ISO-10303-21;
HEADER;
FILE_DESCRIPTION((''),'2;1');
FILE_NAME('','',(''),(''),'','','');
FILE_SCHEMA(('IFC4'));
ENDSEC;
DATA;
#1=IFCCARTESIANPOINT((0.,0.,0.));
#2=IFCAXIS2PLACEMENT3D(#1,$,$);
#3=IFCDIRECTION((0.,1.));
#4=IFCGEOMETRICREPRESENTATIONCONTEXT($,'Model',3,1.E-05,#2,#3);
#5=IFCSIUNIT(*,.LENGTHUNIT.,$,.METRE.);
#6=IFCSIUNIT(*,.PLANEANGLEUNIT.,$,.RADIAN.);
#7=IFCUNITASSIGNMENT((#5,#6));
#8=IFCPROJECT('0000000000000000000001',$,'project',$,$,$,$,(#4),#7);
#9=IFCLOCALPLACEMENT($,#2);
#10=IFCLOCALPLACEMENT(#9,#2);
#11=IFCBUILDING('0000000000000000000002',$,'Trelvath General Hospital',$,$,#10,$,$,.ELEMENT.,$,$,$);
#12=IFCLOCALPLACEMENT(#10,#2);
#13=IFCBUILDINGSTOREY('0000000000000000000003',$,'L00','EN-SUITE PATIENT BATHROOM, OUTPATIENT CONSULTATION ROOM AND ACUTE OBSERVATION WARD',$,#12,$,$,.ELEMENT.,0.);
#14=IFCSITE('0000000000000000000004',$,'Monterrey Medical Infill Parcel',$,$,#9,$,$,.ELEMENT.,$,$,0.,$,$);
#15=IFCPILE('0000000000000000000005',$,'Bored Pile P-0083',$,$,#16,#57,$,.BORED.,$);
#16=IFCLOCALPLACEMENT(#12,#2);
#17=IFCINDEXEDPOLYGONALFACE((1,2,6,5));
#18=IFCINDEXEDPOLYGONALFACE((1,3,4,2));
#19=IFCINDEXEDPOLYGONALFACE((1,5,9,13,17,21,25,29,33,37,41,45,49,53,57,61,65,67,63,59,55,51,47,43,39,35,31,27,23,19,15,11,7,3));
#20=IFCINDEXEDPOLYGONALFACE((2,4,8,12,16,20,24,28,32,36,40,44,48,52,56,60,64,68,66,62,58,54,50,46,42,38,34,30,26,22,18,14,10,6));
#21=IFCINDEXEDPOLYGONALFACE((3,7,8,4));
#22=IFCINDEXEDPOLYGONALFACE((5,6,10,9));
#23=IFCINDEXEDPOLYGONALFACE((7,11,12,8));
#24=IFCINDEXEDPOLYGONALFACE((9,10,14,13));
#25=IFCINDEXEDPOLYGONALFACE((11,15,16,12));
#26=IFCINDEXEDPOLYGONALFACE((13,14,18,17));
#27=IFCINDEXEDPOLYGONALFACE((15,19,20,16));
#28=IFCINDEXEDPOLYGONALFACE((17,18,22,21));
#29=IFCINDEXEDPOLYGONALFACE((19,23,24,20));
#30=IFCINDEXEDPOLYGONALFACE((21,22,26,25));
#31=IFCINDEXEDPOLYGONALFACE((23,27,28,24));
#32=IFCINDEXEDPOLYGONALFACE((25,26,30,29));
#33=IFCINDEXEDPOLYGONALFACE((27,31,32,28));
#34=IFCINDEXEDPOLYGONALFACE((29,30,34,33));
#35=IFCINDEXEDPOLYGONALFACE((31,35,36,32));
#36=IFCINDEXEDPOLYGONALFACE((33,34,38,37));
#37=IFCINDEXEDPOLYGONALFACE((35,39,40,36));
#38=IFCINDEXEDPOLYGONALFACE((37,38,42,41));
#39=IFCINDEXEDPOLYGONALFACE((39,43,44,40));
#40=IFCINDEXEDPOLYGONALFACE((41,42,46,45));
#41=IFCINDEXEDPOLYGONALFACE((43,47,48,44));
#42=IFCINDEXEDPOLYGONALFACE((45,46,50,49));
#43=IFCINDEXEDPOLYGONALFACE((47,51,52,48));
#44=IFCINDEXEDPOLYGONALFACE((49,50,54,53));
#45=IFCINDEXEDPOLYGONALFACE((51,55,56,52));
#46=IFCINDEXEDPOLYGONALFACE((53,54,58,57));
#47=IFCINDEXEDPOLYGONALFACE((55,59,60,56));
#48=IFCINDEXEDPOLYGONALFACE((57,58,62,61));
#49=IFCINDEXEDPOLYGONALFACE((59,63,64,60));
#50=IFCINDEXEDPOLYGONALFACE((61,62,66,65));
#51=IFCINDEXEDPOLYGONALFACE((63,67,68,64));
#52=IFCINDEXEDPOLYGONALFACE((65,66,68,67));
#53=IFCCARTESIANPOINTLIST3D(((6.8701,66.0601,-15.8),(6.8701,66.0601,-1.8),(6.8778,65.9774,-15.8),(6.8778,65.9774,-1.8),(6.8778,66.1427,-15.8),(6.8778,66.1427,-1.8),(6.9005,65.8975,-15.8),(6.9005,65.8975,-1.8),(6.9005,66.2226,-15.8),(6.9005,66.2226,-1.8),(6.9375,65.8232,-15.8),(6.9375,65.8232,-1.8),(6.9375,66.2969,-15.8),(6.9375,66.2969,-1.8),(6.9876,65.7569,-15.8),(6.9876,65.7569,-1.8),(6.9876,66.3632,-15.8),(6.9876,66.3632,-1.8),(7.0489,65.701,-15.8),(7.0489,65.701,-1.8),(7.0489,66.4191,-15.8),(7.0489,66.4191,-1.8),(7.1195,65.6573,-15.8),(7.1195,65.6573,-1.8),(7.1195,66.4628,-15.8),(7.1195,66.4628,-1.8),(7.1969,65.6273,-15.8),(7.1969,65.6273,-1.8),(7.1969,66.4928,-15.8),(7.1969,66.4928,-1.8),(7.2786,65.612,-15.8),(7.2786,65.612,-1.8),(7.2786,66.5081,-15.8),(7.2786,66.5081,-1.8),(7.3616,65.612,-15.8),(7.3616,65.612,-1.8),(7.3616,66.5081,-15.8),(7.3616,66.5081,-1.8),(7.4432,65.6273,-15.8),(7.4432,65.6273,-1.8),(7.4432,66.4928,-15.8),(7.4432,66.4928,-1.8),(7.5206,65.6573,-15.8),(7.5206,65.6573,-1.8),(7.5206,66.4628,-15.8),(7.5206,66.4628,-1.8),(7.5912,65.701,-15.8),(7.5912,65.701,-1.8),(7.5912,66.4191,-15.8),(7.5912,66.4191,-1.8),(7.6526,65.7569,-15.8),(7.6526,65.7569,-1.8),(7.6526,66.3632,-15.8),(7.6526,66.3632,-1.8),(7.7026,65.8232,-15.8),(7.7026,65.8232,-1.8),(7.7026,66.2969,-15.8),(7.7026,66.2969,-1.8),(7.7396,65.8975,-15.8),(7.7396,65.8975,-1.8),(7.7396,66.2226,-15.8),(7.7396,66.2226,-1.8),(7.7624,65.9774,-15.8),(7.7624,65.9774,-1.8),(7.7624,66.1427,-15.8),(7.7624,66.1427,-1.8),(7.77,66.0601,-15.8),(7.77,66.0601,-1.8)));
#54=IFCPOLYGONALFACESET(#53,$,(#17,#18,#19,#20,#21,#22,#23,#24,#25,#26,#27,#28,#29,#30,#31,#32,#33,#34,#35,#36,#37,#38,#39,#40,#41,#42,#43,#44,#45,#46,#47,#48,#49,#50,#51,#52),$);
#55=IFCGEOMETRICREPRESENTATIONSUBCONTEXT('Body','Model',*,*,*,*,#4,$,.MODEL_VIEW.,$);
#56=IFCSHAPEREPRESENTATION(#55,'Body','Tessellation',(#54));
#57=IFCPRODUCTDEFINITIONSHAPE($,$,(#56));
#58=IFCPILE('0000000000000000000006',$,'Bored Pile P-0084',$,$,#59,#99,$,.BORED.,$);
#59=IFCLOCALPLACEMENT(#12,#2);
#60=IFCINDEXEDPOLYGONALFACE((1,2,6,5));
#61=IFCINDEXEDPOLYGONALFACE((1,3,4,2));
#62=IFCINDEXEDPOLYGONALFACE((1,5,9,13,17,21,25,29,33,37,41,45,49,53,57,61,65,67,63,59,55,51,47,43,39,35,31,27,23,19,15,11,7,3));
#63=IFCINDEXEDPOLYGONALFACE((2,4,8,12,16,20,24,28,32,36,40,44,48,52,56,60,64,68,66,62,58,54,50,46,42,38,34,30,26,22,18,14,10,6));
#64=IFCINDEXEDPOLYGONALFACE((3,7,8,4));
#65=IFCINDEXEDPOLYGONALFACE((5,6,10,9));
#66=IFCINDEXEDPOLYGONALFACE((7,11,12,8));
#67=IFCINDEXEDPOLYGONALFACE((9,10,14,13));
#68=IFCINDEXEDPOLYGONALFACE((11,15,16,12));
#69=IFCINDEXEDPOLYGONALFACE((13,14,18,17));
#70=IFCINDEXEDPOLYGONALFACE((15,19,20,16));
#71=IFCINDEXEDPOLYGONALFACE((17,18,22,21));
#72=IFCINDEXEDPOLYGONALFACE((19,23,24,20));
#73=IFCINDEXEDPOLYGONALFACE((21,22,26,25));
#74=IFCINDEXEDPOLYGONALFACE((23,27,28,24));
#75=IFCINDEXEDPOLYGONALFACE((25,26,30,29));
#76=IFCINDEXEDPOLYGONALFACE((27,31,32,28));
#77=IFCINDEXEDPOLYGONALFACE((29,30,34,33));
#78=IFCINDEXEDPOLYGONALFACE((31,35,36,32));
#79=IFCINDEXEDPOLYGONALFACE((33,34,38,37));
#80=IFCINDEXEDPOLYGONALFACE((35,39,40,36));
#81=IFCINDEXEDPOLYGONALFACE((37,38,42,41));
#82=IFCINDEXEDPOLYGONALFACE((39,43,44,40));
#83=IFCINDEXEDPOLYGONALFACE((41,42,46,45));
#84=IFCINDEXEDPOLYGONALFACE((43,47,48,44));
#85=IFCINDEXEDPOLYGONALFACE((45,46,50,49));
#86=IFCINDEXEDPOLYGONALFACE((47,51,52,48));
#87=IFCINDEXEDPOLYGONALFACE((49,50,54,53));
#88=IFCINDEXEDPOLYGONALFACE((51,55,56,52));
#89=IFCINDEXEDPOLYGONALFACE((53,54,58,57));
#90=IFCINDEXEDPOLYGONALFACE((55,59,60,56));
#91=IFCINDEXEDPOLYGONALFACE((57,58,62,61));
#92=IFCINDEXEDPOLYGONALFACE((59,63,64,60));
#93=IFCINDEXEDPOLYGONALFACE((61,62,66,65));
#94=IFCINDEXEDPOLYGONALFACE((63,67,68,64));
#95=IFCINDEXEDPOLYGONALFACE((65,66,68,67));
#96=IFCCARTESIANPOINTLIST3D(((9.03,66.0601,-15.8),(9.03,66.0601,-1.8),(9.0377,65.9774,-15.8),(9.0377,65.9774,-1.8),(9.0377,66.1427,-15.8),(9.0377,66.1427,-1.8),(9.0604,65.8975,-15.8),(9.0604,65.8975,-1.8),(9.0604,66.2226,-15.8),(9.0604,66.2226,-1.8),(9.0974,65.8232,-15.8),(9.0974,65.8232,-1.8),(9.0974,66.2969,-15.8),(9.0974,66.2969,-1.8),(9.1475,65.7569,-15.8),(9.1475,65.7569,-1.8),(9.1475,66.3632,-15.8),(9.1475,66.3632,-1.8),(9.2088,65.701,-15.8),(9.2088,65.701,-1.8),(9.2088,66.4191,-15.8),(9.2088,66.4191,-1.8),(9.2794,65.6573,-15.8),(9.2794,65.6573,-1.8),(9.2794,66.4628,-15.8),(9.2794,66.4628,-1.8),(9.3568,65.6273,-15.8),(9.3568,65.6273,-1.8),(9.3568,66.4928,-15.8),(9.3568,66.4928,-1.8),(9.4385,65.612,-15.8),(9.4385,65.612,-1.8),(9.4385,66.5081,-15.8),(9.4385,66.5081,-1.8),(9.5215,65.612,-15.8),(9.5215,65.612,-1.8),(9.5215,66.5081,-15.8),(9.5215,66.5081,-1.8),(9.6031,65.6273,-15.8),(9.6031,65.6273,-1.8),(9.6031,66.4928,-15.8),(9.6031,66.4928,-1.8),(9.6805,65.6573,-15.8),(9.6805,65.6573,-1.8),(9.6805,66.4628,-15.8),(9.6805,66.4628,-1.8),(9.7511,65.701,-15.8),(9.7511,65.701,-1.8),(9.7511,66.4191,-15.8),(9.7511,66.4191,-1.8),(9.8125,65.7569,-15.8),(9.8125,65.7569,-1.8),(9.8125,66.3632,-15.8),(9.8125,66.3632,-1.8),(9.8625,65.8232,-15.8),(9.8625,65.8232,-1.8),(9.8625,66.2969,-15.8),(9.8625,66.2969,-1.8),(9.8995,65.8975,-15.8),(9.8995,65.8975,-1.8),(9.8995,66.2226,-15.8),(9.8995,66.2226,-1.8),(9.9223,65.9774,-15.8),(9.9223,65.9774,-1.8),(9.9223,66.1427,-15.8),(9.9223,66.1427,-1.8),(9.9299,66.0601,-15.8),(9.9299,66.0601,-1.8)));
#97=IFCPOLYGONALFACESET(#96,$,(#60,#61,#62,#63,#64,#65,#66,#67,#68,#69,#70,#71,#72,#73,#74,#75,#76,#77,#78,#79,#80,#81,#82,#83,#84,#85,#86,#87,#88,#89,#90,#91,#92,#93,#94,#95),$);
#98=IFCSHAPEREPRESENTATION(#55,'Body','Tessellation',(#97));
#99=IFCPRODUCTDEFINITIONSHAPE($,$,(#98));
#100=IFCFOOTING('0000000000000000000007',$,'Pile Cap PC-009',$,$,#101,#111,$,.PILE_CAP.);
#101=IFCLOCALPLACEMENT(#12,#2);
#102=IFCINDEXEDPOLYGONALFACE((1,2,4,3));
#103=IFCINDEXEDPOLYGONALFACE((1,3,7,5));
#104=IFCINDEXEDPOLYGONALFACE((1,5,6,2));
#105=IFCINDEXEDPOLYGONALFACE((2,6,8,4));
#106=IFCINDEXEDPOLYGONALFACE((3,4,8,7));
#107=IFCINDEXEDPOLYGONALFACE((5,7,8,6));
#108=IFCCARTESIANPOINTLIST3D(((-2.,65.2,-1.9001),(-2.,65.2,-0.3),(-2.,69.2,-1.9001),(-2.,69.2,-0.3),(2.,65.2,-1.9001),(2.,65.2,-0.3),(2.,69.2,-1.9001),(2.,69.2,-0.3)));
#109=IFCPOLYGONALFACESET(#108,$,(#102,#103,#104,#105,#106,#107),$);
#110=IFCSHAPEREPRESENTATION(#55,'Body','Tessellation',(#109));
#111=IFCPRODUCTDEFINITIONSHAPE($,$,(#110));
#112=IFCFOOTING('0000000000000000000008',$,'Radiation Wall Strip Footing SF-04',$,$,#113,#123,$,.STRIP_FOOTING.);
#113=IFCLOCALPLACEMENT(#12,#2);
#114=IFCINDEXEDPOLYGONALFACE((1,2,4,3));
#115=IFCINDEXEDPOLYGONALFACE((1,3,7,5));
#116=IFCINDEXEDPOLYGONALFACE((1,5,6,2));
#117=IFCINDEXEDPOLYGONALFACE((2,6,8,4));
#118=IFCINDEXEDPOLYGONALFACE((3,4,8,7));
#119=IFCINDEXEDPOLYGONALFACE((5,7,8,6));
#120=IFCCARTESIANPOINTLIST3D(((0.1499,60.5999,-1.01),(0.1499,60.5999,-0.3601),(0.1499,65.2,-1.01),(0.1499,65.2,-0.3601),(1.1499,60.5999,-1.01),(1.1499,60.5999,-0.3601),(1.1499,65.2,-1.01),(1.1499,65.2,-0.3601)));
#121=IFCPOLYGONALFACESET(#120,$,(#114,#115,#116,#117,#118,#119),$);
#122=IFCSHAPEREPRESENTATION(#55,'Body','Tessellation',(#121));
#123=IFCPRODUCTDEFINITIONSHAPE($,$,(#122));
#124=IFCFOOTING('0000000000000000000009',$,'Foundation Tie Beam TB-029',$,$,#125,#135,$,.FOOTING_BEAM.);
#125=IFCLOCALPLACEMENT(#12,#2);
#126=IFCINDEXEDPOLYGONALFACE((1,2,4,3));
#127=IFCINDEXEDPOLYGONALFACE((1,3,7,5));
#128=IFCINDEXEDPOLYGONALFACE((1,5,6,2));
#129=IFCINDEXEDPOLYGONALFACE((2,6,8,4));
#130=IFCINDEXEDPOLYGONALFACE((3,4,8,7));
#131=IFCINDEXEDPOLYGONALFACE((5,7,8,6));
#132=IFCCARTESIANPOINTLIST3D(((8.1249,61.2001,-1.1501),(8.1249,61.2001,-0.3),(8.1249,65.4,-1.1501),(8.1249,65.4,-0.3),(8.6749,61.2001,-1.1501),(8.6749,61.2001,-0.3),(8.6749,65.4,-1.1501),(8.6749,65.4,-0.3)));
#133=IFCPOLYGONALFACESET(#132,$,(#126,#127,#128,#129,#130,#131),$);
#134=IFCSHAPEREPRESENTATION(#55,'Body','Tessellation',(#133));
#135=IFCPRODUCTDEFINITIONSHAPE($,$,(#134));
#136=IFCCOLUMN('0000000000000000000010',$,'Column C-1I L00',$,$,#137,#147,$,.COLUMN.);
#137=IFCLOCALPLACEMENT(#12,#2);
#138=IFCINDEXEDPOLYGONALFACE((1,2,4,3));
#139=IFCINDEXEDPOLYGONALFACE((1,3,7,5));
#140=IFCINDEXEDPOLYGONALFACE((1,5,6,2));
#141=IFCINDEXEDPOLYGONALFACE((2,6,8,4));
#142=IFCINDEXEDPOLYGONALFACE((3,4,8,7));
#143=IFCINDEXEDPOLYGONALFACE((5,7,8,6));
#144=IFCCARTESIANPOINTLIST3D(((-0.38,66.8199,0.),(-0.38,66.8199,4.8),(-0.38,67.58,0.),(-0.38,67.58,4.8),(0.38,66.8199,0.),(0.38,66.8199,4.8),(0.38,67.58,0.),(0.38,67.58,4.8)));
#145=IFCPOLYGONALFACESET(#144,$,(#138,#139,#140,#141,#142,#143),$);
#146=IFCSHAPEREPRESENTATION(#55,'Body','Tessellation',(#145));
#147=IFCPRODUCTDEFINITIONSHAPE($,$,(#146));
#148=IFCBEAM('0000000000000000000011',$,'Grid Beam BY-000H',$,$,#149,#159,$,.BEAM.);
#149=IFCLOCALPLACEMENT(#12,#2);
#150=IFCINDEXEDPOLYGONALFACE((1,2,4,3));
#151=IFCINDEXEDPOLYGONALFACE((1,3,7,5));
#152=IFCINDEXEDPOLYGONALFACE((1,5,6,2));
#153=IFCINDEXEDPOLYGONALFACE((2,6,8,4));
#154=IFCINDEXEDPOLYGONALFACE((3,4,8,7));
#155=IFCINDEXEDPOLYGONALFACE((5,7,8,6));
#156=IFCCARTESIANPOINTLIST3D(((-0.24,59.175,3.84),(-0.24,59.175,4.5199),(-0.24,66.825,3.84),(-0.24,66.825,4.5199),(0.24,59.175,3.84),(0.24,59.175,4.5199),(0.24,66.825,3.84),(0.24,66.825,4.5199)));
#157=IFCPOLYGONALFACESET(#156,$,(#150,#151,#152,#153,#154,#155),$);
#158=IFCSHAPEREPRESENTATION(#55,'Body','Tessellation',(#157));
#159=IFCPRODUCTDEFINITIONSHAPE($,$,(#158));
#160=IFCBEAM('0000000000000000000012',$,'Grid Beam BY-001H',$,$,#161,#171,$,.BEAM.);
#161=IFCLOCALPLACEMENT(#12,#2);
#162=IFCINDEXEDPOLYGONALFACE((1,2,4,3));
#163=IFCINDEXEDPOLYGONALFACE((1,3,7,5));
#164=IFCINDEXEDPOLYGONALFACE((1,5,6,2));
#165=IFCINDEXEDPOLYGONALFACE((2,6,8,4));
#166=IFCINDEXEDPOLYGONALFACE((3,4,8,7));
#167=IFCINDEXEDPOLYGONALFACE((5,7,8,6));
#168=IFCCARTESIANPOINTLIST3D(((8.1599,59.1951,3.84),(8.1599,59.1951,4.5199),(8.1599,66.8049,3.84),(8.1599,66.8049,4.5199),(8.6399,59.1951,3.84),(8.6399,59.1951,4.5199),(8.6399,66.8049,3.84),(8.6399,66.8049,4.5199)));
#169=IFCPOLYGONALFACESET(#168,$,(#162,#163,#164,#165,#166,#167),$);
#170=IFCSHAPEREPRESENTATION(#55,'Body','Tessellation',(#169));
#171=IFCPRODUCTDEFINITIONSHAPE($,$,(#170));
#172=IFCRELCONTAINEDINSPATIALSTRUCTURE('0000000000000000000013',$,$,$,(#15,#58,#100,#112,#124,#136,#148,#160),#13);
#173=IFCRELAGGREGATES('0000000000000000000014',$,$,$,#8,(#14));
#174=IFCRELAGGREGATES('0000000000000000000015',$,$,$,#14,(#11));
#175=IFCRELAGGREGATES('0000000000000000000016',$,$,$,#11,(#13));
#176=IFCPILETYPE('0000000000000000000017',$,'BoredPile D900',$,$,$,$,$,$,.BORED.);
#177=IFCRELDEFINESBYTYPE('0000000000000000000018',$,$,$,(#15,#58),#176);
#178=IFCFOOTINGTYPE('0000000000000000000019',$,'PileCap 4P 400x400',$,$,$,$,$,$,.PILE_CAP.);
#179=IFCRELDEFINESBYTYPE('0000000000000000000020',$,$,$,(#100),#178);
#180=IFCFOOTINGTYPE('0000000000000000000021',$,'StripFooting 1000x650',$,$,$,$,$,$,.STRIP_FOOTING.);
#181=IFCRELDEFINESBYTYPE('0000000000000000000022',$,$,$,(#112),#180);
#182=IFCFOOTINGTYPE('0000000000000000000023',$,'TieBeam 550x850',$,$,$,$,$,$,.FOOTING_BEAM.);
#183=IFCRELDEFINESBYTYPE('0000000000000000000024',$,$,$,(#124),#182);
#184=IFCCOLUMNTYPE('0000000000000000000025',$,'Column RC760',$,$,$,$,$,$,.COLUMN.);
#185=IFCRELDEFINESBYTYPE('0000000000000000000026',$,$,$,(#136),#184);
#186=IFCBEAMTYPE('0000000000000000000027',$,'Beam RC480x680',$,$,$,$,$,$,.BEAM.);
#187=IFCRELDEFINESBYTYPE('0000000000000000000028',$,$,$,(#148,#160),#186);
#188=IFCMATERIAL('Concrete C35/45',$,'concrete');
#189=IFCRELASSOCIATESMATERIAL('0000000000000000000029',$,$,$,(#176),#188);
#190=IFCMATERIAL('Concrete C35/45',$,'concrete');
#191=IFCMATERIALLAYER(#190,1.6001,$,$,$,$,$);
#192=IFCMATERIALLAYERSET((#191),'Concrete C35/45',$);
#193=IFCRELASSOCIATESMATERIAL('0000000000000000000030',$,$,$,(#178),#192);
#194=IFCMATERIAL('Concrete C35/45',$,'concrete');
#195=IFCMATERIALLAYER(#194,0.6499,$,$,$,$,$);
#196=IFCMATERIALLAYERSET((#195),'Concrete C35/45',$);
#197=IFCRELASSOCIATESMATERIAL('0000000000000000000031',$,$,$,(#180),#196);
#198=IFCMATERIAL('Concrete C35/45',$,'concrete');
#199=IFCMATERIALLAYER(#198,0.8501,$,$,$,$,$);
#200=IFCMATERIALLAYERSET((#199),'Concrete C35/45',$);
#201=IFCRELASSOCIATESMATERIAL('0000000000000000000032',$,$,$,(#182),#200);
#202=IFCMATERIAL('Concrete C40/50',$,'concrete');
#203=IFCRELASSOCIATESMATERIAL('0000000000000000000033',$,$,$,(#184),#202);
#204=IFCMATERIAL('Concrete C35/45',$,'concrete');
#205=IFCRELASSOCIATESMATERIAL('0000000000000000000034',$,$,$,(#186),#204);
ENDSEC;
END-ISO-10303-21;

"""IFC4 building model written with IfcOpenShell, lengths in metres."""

from ifc_helpers import new_model, si_unit, direction, frame, origin, origin_2d, place, context, subcontext, project, spatial, rectangle, circle, extrude, material, layer, layer_set, material_profile, profile_set, type_object, element, save


model = new_model("IFC4")

# Units and contexts
model_context = context("Model", 3, precision=1e-05, world=origin(), true_north=direction((0.0, 1.0)))
body_context = subcontext(model_context, "Body", "Model", "MODEL_VIEW")
ifc_project = project(units=[si_unit("LENGTHUNIT", "METRE"), si_unit("PLANEANGLEUNIT", "RADIAN")], contexts=[model_context])

# Site, building, storey
site_placement = place(None, origin())
site = spatial("IfcSite", under=ifc_project, at=site_placement, Name="Monterrey Medical Infill Parcel", CompositionType="ELEMENT", RefElevation=0.0)
building_placement = place(site_placement, origin())
building = spatial("IfcBuilding", under=site, at=building_placement, Name="Trelvath General Hospital", CompositionType="ELEMENT")
storey_placement = place(building_placement, origin())
storey = spatial("IfcBuildingStorey", under=building, at=storey_placement, Name="L00", Description="EN-SUITE PATIENT BATHROOM, OUTPATIENT CONSULTATION ROOM AND ACUTE OBSERVATION WARD", CompositionType="ELEMENT", Elevation=0.0)

# Piles
ifc_material_1 = material(Name="Concrete C35/45", Category="concrete")
ifc_material_profile_1 = material_profile(ifc_material_1, circle(Radius=0.45, at=origin_2d()), Name="PILE900")
ifc_profile_set_1 = profile_set([ifc_material_profile_1], Name="Concrete C35/45")
pile_type_1 = type_object("IfcPileType", Name="BoredPile D900", PredefinedType="BORED", material=ifc_profile_set_1)
for number, where, z_axis, x_axis, name in (
    (1, (7.3201, 66.0601, -1.8), (0.0, 0.0, -1.0), (1.0, 0.0, 0.0), "Bored Pile P-0083"),
    (2, (9.48, 66.0601, -1.8), (0.0, 0.0, -1.0), (1.0, 0.0, 0.0), "Bored Pile P-0084"),
):
    element("IfcPile", number, at=place(storey_placement, frame(where, z_axis=z_axis, x_axis=x_axis)), inside=storey, type_object=pile_type_1, Name=name, PredefinedType="BORED", context=body_context, shape_type="SweptSolid", body=[
        extrude(circle(Radius=0.45, at=origin_2d()), origin(), (0.0, 0.0, 1.0), 14.0),
    ])

# Footings
ifc_material_2 = material(Name="Concrete C35/45", Category="concrete")
ifc_layer_1 = layer(ifc_material_2, 1.6001)
ifc_layer_set_1 = layer_set([ifc_layer_1], Name="Concrete C35/45")
footing_type_1 = type_object("IfcFootingType", Name="PileCap 4P 400x400", PredefinedType="PILE_CAP", material=ifc_layer_set_1)
footing_1_placement = place(storey_placement, frame((0.0, 67.2, -1.9001), z_axis=(0.0, 0.0, 1.0), x_axis=(1.0, 0.0, 0.0)))
element("IfcFooting", 3, at=footing_1_placement, inside=storey, type_object=footing_type_1, Name="Pile Cap PC-009", PredefinedType="PILE_CAP", context=body_context, shape_type="SweptSolid", body=[
    extrude(rectangle(XDim=4.0, YDim=4.0, at=origin_2d()), origin(), (0.0, 0.0, 1.0), 1.6001),
])
ifc_material_3 = material(Name="Concrete C35/45", Category="concrete")
ifc_layer_2 = layer(ifc_material_3, 0.6499)
ifc_layer_set_2 = layer_set([ifc_layer_2], Name="Concrete C35/45")
footing_type_2 = type_object("IfcFootingType", Name="StripFooting 1000x650", PredefinedType="STRIP_FOOTING", material=ifc_layer_set_2)
footing_2_placement = place(storey_placement, frame((0.6499, 62.8999, -1.01), z_axis=(0.0, 0.0, 1.0), x_axis=(1.0, 0.0, 0.0)))
element("IfcFooting", 4, at=footing_2_placement, inside=storey, type_object=footing_type_2, Name="Radiation Wall Strip Footing SF-04", PredefinedType="STRIP_FOOTING", context=body_context, shape_type="SweptSolid", body=[
    extrude(rectangle(XDim=1.0, YDim=4.6001, at=origin_2d()), origin(), (0.0, 0.0, 1.0), 0.6499),
])
ifc_material_4 = material(Name="Concrete C35/45", Category="concrete")
ifc_layer_3 = layer(ifc_material_4, 0.8501)
ifc_layer_set_3 = layer_set([ifc_layer_3], Name="Concrete C35/45")
footing_type_3 = type_object("IfcFootingType", Name="TieBeam 550x850", PredefinedType="FOOTING_BEAM", material=ifc_layer_set_3)
footing_3_placement = place(storey_placement, frame((8.3999, 63.3, -1.1501), z_axis=(0.0, 0.0, 1.0), x_axis=(1.0, 0.0, 0.0)))
element("IfcFooting", 5, at=footing_3_placement, inside=storey, type_object=footing_type_3, Name="Foundation Tie Beam TB-029", PredefinedType="FOOTING_BEAM", context=body_context, shape_type="SweptSolid", body=[
    extrude(rectangle(XDim=0.55, YDim=4.2, at=origin_2d()), origin(), (0.0, 0.0, 1.0), 0.8501),
])

# Column
ifc_material_5 = material(Name="Concrete C40/50", Category="concrete")
ifc_material_profile_2 = material_profile(ifc_material_5, rectangle(XDim=0.76, YDim=0.76, at=origin_2d()), Name="RC760x760")
ifc_profile_set_2 = profile_set([ifc_material_profile_2], Name="Concrete C40/50")
column_type = type_object("IfcColumnType", Name="Column RC760", PredefinedType="COLUMN", material=ifc_profile_set_2)
column_placement = place(storey_placement, frame((0.0, 67.2, 0.0), z_axis=(0.0, 0.0, 1.0), x_axis=(1.0, 0.0, 0.0)))
element("IfcColumn", 6, at=column_placement, inside=storey, type_object=column_type, Name="Column C-1I L00", PredefinedType="COLUMN", context=body_context, shape_type="SweptSolid", body=[
    extrude(rectangle(XDim=0.76, YDim=0.76, at=origin_2d()), origin(), (0.0, 0.0, 1.0), 4.8),
])

# Beams
ifc_material_6 = material(Name="Concrete C35/45", Category="concrete")
ifc_material_profile_3 = material_profile(ifc_material_6, rectangle(XDim=0.48, YDim=0.6799, at=origin_2d()), Name="RCB480x680")
ifc_profile_set_3 = profile_set([ifc_material_profile_3], Name="Concrete C35/45")
beam_type_1 = type_object("IfcBeamType", Name="Beam RC480x680", PredefinedType="BEAM", material=ifc_profile_set_3)
beam_1_placement = place(storey_placement, frame((0.0, 59.175, 4.1799), z_axis=(0.0, 1.0, 0.0), x_axis=(-1.0, 0.0, 0.0)))
element("IfcBeam", 7, at=beam_1_placement, inside=storey, type_object=beam_type_1, Name="Grid Beam BY-000H", PredefinedType="BEAM", context=body_context, shape_type="SweptSolid", body=[
    extrude(rectangle(XDim=0.48, YDim=0.6799, at=origin_2d()), origin(), (0.0, 0.0, 1.0), 7.6499),
])
beam_2_placement = place(storey_placement, frame((8.3999, 59.1951, 4.1799), z_axis=(0.0, 1.0, 0.0), x_axis=(-1.0, 0.0, 0.0)))
element("IfcBeam", 8, at=beam_2_placement, inside=storey, type_object=beam_type_1, Name="Grid Beam BY-001H", PredefinedType="BEAM", context=body_context, shape_type="SweptSolid", body=[
    extrude(rectangle(XDim=0.48, YDim=0.6799, at=origin_2d()), origin(), (0.0, 0.0, 1.0), 7.6099),
])

save(model, "model.ifc")
